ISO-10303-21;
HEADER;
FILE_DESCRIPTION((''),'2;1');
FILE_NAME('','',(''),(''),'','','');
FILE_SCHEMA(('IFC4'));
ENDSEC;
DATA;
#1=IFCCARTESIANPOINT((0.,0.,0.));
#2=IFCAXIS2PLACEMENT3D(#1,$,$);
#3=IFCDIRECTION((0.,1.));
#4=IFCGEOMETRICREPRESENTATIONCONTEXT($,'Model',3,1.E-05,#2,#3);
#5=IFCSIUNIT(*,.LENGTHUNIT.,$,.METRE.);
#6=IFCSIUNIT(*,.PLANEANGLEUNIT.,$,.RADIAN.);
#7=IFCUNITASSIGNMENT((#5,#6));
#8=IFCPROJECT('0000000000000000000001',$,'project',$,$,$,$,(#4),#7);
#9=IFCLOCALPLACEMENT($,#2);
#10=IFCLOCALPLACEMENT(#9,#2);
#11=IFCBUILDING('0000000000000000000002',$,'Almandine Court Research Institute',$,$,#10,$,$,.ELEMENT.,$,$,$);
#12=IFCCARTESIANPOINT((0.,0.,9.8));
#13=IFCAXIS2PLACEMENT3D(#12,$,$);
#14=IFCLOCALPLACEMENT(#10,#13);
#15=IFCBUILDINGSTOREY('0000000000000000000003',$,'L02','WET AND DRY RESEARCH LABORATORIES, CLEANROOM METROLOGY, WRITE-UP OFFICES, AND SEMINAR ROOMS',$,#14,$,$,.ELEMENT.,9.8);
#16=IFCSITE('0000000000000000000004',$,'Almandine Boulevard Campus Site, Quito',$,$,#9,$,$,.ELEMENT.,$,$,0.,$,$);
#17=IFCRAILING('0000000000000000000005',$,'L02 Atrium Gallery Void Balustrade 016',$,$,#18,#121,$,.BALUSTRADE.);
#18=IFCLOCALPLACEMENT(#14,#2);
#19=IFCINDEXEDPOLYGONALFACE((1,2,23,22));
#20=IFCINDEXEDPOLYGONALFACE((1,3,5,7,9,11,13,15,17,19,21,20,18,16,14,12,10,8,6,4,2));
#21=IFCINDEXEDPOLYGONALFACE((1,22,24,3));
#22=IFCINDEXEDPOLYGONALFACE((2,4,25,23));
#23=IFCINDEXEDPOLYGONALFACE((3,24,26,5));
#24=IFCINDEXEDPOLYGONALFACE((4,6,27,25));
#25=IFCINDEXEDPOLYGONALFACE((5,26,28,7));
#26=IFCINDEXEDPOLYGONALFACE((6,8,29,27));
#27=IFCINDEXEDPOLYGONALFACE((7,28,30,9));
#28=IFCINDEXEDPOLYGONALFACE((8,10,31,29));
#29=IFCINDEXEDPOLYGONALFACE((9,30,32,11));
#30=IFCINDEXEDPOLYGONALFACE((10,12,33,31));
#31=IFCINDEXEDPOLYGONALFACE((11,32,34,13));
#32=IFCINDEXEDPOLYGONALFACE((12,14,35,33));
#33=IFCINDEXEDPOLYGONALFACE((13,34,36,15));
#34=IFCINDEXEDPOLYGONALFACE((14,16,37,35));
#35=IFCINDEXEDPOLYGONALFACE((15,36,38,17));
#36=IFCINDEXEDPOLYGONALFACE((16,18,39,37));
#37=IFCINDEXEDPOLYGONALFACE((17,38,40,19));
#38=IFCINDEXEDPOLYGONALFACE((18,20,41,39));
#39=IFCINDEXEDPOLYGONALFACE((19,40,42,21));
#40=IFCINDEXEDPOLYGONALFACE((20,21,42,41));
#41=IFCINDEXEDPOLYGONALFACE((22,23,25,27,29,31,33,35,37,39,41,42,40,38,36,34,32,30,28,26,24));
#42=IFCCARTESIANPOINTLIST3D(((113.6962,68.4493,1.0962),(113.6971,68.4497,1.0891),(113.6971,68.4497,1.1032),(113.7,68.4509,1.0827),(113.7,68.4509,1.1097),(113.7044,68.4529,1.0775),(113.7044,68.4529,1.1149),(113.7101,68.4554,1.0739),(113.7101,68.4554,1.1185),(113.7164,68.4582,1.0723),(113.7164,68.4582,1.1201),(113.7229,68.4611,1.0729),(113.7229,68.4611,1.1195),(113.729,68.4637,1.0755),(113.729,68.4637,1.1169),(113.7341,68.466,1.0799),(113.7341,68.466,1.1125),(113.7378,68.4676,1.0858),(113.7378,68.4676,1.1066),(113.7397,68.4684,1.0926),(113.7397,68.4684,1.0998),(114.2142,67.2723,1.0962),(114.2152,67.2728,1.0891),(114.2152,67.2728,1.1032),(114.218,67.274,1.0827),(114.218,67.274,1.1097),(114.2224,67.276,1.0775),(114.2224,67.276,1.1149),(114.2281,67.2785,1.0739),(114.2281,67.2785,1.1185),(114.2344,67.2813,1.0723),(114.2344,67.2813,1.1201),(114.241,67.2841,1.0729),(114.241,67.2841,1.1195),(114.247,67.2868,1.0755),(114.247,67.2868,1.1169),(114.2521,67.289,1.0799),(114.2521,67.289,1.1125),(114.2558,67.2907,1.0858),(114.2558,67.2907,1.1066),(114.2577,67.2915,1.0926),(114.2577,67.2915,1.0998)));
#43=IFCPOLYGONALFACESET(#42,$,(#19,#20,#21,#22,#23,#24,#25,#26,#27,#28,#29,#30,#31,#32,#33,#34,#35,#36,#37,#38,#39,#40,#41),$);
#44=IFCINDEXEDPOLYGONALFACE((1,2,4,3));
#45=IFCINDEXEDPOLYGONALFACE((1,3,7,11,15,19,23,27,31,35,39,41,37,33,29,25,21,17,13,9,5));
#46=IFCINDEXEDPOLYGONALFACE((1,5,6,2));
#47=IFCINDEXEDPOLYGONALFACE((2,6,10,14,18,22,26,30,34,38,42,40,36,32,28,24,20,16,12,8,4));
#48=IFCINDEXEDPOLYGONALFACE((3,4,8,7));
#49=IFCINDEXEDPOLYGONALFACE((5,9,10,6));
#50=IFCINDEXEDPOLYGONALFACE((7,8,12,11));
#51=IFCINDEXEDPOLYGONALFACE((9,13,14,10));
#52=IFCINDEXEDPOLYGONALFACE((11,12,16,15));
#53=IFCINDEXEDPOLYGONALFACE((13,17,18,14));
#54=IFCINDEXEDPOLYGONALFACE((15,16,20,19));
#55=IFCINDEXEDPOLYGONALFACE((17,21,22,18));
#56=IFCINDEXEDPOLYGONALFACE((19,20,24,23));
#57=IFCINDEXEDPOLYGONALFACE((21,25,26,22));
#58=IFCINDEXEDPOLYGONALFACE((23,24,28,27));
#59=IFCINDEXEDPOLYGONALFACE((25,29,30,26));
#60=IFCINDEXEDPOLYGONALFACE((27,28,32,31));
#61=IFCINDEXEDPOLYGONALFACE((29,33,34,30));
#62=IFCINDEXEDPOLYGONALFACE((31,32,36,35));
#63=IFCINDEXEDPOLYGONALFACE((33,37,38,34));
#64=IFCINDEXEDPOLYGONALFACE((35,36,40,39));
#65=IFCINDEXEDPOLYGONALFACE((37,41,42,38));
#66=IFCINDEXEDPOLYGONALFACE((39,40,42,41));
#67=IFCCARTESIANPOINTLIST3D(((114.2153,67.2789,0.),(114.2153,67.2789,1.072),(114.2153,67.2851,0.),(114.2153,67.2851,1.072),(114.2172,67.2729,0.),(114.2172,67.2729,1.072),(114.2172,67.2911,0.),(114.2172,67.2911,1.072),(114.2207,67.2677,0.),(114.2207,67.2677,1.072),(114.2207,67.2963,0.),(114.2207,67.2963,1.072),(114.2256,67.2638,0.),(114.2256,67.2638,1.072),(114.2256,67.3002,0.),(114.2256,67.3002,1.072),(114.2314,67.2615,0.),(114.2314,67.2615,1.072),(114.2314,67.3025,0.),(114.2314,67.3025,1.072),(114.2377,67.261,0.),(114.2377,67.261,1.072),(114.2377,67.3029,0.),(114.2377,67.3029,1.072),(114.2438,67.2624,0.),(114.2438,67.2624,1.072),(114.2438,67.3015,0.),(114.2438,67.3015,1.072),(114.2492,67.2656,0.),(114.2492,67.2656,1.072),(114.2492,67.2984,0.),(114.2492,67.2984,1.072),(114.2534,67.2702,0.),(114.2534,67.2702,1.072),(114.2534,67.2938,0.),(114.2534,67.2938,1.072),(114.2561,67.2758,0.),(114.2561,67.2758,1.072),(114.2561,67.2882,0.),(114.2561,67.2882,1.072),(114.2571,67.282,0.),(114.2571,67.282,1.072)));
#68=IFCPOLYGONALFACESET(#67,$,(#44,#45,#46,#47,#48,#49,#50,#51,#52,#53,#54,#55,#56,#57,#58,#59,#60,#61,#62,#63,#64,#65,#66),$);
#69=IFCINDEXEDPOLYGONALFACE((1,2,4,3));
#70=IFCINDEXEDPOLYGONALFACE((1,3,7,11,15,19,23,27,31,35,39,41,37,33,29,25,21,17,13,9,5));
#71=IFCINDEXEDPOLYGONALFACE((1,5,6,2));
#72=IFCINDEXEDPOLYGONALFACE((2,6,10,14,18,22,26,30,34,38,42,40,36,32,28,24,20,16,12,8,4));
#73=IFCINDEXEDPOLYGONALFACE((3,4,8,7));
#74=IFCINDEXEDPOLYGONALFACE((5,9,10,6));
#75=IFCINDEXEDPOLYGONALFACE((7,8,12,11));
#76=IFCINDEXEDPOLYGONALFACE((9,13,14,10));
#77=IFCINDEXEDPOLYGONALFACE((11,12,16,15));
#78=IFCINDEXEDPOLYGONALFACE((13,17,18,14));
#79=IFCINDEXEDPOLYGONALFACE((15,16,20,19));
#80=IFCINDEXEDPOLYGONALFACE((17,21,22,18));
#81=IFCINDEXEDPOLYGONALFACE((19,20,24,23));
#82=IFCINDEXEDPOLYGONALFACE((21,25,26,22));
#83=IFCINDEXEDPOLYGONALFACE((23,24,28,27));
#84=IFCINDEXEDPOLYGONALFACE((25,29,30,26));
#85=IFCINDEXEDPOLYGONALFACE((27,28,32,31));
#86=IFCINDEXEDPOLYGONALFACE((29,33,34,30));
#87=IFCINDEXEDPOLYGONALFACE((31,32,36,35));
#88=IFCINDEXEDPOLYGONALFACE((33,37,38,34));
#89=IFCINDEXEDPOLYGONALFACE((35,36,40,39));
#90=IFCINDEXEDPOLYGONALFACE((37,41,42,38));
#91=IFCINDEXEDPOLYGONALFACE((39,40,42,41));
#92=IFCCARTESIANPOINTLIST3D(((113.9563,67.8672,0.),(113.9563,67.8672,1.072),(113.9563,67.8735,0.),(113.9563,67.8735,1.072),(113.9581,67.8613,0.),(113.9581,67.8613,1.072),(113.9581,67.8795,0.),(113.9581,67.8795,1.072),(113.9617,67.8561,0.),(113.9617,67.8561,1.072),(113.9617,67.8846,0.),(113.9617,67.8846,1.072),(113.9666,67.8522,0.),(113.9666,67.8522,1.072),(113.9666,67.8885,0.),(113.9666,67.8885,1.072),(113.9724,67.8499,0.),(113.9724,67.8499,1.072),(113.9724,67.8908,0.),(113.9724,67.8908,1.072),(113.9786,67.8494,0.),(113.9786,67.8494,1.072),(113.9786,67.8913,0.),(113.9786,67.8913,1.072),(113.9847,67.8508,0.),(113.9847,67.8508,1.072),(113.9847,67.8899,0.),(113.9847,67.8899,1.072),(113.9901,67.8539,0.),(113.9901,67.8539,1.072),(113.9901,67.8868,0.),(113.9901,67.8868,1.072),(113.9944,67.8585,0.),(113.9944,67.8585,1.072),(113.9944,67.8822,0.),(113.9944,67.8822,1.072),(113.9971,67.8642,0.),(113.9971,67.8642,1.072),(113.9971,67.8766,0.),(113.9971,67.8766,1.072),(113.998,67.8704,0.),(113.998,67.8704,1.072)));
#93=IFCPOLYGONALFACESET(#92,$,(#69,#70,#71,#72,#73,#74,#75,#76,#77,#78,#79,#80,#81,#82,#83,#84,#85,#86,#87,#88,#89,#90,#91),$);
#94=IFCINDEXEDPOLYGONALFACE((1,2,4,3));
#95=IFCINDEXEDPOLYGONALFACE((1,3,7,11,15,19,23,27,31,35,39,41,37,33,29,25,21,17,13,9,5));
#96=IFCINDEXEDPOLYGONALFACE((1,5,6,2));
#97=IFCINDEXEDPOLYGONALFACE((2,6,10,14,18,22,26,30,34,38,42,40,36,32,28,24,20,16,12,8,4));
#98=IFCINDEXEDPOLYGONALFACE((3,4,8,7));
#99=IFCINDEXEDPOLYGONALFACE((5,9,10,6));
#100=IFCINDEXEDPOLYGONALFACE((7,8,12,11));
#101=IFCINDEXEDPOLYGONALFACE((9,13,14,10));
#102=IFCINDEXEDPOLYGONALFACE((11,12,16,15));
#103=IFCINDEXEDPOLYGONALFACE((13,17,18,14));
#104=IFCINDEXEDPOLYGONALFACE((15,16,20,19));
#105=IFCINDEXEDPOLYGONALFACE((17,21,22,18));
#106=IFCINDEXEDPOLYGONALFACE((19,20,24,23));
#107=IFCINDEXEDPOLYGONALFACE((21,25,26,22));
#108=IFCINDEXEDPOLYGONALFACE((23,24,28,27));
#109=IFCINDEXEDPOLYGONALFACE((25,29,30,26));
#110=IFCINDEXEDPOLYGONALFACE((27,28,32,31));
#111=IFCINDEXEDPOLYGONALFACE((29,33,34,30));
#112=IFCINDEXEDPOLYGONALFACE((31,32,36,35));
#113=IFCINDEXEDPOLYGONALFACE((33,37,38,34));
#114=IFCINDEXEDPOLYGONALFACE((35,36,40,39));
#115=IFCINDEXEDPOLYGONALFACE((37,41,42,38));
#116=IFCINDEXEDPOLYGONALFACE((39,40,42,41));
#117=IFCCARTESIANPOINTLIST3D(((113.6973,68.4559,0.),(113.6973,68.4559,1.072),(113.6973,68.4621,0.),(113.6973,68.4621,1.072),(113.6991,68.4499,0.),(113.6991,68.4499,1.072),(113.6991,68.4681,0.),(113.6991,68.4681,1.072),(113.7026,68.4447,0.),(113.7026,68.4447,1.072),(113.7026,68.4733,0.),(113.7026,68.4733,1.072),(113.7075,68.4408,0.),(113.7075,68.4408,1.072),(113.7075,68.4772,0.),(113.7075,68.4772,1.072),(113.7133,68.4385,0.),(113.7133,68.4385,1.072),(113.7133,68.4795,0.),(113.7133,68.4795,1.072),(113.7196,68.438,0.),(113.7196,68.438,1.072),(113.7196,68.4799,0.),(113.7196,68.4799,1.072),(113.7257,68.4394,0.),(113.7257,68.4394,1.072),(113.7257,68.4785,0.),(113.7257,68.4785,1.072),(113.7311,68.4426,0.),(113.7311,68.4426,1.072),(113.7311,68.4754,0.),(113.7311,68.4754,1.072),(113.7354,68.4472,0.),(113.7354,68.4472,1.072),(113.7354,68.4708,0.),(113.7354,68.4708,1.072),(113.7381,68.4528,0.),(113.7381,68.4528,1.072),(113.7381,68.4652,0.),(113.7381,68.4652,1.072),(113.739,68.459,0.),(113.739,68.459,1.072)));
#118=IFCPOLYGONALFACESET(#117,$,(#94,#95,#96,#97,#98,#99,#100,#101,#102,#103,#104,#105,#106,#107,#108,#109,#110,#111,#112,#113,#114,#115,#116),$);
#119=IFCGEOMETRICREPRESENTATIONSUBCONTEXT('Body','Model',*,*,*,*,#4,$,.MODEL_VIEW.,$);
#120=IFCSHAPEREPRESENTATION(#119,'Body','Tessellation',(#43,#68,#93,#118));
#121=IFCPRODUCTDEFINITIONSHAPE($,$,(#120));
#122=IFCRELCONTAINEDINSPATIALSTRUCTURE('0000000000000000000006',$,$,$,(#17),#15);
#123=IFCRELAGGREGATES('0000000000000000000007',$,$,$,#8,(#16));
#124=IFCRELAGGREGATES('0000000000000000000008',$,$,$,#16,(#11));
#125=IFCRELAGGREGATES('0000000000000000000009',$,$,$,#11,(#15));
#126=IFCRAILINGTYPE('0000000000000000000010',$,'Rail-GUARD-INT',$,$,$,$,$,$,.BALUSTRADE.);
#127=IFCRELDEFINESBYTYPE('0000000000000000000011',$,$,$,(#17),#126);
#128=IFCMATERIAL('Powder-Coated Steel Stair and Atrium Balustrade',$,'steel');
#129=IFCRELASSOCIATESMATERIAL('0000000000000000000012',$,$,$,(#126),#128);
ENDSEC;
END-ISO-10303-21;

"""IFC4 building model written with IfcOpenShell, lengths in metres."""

from ifc_helpers import new_model, si_unit, direction, frame, origin, origin_2d, place, context, subcontext, project, spatial, circle, extrude, material, type_object, element, save


model = new_model("IFC4")

# Units and contexts
model_context = context("Model", 3, precision=1e-05, world=origin(), true_north=direction((0.0, 1.0)))
body_context = subcontext(model_context, "Body", "Model", "MODEL_VIEW")
ifc_project = project(units=[si_unit("LENGTHUNIT", "METRE"), si_unit("PLANEANGLEUNIT", "RADIAN")], contexts=[model_context])

# Site, building, storey
site_placement = place(None, origin())
site = spatial("IfcSite", under=ifc_project, at=site_placement, Name="Almandine Boulevard Campus Site, Quito", CompositionType="ELEMENT", RefElevation=0.0)
building_placement = place(site_placement, origin())
building = spatial("IfcBuilding", under=site, at=building_placement, Name="Almandine Court Research Institute", CompositionType="ELEMENT")
storey_placement = place(building_placement, frame((0.0, 0.0, 9.8)))
storey = spatial("IfcBuildingStorey", under=building, at=storey_placement, Name="L02", Description="WET AND DRY RESEARCH LABORATORIES, CLEANROOM METROLOGY, WRITE-UP OFFICES, AND SEMINAR ROOMS", CompositionType="ELEMENT", Elevation=9.8)

# Railing
ifc_material_1 = material(Name="Powder-Coated Steel Stair and Atrium Balustrade", Category="steel")
railing_type = type_object("IfcRailingType", Name="Rail-GUARD-INT", PredefinedType="BALUSTRADE", material=ifc_material_1)
railing_1_placement = place(storey_placement, frame((114.2361, 67.282, 0.0)))
element("IfcRailing", 1, at=railing_1_placement, inside=storey, type_object=railing_type, Name="L02 Atrium Gallery Void Balustrade 016", PredefinedType="BALUSTRADE", context=body_context, shape_type="SweptSolid", body=[
    extrude(circle(Radius=0.0239, at=origin_2d()), frame((0.0, 0.0, 1.0962), z_axis=(-0.402859, 0.915262, 0.0), x_axis=(-0.915262, -0.402859, 0.0)), (0.0, 0.0, 1.0), 1.2859),
    extrude(circle(Radius=0.021, at=origin_2d()), origin(), (0.0, 0.0, 1.0), 1.072),
    extrude(circle(Radius=0.021, at=origin_2d()), frame((-0.259, 0.5884, 0.0)), (0.0, 0.0, 1.0), 1.072),
    extrude(circle(Radius=0.021, at=origin_2d()), frame((-0.5181, 1.177, 0.0)), (0.0, 0.0, 1.0), 1.072),
])

save(model, "model.ifc")
